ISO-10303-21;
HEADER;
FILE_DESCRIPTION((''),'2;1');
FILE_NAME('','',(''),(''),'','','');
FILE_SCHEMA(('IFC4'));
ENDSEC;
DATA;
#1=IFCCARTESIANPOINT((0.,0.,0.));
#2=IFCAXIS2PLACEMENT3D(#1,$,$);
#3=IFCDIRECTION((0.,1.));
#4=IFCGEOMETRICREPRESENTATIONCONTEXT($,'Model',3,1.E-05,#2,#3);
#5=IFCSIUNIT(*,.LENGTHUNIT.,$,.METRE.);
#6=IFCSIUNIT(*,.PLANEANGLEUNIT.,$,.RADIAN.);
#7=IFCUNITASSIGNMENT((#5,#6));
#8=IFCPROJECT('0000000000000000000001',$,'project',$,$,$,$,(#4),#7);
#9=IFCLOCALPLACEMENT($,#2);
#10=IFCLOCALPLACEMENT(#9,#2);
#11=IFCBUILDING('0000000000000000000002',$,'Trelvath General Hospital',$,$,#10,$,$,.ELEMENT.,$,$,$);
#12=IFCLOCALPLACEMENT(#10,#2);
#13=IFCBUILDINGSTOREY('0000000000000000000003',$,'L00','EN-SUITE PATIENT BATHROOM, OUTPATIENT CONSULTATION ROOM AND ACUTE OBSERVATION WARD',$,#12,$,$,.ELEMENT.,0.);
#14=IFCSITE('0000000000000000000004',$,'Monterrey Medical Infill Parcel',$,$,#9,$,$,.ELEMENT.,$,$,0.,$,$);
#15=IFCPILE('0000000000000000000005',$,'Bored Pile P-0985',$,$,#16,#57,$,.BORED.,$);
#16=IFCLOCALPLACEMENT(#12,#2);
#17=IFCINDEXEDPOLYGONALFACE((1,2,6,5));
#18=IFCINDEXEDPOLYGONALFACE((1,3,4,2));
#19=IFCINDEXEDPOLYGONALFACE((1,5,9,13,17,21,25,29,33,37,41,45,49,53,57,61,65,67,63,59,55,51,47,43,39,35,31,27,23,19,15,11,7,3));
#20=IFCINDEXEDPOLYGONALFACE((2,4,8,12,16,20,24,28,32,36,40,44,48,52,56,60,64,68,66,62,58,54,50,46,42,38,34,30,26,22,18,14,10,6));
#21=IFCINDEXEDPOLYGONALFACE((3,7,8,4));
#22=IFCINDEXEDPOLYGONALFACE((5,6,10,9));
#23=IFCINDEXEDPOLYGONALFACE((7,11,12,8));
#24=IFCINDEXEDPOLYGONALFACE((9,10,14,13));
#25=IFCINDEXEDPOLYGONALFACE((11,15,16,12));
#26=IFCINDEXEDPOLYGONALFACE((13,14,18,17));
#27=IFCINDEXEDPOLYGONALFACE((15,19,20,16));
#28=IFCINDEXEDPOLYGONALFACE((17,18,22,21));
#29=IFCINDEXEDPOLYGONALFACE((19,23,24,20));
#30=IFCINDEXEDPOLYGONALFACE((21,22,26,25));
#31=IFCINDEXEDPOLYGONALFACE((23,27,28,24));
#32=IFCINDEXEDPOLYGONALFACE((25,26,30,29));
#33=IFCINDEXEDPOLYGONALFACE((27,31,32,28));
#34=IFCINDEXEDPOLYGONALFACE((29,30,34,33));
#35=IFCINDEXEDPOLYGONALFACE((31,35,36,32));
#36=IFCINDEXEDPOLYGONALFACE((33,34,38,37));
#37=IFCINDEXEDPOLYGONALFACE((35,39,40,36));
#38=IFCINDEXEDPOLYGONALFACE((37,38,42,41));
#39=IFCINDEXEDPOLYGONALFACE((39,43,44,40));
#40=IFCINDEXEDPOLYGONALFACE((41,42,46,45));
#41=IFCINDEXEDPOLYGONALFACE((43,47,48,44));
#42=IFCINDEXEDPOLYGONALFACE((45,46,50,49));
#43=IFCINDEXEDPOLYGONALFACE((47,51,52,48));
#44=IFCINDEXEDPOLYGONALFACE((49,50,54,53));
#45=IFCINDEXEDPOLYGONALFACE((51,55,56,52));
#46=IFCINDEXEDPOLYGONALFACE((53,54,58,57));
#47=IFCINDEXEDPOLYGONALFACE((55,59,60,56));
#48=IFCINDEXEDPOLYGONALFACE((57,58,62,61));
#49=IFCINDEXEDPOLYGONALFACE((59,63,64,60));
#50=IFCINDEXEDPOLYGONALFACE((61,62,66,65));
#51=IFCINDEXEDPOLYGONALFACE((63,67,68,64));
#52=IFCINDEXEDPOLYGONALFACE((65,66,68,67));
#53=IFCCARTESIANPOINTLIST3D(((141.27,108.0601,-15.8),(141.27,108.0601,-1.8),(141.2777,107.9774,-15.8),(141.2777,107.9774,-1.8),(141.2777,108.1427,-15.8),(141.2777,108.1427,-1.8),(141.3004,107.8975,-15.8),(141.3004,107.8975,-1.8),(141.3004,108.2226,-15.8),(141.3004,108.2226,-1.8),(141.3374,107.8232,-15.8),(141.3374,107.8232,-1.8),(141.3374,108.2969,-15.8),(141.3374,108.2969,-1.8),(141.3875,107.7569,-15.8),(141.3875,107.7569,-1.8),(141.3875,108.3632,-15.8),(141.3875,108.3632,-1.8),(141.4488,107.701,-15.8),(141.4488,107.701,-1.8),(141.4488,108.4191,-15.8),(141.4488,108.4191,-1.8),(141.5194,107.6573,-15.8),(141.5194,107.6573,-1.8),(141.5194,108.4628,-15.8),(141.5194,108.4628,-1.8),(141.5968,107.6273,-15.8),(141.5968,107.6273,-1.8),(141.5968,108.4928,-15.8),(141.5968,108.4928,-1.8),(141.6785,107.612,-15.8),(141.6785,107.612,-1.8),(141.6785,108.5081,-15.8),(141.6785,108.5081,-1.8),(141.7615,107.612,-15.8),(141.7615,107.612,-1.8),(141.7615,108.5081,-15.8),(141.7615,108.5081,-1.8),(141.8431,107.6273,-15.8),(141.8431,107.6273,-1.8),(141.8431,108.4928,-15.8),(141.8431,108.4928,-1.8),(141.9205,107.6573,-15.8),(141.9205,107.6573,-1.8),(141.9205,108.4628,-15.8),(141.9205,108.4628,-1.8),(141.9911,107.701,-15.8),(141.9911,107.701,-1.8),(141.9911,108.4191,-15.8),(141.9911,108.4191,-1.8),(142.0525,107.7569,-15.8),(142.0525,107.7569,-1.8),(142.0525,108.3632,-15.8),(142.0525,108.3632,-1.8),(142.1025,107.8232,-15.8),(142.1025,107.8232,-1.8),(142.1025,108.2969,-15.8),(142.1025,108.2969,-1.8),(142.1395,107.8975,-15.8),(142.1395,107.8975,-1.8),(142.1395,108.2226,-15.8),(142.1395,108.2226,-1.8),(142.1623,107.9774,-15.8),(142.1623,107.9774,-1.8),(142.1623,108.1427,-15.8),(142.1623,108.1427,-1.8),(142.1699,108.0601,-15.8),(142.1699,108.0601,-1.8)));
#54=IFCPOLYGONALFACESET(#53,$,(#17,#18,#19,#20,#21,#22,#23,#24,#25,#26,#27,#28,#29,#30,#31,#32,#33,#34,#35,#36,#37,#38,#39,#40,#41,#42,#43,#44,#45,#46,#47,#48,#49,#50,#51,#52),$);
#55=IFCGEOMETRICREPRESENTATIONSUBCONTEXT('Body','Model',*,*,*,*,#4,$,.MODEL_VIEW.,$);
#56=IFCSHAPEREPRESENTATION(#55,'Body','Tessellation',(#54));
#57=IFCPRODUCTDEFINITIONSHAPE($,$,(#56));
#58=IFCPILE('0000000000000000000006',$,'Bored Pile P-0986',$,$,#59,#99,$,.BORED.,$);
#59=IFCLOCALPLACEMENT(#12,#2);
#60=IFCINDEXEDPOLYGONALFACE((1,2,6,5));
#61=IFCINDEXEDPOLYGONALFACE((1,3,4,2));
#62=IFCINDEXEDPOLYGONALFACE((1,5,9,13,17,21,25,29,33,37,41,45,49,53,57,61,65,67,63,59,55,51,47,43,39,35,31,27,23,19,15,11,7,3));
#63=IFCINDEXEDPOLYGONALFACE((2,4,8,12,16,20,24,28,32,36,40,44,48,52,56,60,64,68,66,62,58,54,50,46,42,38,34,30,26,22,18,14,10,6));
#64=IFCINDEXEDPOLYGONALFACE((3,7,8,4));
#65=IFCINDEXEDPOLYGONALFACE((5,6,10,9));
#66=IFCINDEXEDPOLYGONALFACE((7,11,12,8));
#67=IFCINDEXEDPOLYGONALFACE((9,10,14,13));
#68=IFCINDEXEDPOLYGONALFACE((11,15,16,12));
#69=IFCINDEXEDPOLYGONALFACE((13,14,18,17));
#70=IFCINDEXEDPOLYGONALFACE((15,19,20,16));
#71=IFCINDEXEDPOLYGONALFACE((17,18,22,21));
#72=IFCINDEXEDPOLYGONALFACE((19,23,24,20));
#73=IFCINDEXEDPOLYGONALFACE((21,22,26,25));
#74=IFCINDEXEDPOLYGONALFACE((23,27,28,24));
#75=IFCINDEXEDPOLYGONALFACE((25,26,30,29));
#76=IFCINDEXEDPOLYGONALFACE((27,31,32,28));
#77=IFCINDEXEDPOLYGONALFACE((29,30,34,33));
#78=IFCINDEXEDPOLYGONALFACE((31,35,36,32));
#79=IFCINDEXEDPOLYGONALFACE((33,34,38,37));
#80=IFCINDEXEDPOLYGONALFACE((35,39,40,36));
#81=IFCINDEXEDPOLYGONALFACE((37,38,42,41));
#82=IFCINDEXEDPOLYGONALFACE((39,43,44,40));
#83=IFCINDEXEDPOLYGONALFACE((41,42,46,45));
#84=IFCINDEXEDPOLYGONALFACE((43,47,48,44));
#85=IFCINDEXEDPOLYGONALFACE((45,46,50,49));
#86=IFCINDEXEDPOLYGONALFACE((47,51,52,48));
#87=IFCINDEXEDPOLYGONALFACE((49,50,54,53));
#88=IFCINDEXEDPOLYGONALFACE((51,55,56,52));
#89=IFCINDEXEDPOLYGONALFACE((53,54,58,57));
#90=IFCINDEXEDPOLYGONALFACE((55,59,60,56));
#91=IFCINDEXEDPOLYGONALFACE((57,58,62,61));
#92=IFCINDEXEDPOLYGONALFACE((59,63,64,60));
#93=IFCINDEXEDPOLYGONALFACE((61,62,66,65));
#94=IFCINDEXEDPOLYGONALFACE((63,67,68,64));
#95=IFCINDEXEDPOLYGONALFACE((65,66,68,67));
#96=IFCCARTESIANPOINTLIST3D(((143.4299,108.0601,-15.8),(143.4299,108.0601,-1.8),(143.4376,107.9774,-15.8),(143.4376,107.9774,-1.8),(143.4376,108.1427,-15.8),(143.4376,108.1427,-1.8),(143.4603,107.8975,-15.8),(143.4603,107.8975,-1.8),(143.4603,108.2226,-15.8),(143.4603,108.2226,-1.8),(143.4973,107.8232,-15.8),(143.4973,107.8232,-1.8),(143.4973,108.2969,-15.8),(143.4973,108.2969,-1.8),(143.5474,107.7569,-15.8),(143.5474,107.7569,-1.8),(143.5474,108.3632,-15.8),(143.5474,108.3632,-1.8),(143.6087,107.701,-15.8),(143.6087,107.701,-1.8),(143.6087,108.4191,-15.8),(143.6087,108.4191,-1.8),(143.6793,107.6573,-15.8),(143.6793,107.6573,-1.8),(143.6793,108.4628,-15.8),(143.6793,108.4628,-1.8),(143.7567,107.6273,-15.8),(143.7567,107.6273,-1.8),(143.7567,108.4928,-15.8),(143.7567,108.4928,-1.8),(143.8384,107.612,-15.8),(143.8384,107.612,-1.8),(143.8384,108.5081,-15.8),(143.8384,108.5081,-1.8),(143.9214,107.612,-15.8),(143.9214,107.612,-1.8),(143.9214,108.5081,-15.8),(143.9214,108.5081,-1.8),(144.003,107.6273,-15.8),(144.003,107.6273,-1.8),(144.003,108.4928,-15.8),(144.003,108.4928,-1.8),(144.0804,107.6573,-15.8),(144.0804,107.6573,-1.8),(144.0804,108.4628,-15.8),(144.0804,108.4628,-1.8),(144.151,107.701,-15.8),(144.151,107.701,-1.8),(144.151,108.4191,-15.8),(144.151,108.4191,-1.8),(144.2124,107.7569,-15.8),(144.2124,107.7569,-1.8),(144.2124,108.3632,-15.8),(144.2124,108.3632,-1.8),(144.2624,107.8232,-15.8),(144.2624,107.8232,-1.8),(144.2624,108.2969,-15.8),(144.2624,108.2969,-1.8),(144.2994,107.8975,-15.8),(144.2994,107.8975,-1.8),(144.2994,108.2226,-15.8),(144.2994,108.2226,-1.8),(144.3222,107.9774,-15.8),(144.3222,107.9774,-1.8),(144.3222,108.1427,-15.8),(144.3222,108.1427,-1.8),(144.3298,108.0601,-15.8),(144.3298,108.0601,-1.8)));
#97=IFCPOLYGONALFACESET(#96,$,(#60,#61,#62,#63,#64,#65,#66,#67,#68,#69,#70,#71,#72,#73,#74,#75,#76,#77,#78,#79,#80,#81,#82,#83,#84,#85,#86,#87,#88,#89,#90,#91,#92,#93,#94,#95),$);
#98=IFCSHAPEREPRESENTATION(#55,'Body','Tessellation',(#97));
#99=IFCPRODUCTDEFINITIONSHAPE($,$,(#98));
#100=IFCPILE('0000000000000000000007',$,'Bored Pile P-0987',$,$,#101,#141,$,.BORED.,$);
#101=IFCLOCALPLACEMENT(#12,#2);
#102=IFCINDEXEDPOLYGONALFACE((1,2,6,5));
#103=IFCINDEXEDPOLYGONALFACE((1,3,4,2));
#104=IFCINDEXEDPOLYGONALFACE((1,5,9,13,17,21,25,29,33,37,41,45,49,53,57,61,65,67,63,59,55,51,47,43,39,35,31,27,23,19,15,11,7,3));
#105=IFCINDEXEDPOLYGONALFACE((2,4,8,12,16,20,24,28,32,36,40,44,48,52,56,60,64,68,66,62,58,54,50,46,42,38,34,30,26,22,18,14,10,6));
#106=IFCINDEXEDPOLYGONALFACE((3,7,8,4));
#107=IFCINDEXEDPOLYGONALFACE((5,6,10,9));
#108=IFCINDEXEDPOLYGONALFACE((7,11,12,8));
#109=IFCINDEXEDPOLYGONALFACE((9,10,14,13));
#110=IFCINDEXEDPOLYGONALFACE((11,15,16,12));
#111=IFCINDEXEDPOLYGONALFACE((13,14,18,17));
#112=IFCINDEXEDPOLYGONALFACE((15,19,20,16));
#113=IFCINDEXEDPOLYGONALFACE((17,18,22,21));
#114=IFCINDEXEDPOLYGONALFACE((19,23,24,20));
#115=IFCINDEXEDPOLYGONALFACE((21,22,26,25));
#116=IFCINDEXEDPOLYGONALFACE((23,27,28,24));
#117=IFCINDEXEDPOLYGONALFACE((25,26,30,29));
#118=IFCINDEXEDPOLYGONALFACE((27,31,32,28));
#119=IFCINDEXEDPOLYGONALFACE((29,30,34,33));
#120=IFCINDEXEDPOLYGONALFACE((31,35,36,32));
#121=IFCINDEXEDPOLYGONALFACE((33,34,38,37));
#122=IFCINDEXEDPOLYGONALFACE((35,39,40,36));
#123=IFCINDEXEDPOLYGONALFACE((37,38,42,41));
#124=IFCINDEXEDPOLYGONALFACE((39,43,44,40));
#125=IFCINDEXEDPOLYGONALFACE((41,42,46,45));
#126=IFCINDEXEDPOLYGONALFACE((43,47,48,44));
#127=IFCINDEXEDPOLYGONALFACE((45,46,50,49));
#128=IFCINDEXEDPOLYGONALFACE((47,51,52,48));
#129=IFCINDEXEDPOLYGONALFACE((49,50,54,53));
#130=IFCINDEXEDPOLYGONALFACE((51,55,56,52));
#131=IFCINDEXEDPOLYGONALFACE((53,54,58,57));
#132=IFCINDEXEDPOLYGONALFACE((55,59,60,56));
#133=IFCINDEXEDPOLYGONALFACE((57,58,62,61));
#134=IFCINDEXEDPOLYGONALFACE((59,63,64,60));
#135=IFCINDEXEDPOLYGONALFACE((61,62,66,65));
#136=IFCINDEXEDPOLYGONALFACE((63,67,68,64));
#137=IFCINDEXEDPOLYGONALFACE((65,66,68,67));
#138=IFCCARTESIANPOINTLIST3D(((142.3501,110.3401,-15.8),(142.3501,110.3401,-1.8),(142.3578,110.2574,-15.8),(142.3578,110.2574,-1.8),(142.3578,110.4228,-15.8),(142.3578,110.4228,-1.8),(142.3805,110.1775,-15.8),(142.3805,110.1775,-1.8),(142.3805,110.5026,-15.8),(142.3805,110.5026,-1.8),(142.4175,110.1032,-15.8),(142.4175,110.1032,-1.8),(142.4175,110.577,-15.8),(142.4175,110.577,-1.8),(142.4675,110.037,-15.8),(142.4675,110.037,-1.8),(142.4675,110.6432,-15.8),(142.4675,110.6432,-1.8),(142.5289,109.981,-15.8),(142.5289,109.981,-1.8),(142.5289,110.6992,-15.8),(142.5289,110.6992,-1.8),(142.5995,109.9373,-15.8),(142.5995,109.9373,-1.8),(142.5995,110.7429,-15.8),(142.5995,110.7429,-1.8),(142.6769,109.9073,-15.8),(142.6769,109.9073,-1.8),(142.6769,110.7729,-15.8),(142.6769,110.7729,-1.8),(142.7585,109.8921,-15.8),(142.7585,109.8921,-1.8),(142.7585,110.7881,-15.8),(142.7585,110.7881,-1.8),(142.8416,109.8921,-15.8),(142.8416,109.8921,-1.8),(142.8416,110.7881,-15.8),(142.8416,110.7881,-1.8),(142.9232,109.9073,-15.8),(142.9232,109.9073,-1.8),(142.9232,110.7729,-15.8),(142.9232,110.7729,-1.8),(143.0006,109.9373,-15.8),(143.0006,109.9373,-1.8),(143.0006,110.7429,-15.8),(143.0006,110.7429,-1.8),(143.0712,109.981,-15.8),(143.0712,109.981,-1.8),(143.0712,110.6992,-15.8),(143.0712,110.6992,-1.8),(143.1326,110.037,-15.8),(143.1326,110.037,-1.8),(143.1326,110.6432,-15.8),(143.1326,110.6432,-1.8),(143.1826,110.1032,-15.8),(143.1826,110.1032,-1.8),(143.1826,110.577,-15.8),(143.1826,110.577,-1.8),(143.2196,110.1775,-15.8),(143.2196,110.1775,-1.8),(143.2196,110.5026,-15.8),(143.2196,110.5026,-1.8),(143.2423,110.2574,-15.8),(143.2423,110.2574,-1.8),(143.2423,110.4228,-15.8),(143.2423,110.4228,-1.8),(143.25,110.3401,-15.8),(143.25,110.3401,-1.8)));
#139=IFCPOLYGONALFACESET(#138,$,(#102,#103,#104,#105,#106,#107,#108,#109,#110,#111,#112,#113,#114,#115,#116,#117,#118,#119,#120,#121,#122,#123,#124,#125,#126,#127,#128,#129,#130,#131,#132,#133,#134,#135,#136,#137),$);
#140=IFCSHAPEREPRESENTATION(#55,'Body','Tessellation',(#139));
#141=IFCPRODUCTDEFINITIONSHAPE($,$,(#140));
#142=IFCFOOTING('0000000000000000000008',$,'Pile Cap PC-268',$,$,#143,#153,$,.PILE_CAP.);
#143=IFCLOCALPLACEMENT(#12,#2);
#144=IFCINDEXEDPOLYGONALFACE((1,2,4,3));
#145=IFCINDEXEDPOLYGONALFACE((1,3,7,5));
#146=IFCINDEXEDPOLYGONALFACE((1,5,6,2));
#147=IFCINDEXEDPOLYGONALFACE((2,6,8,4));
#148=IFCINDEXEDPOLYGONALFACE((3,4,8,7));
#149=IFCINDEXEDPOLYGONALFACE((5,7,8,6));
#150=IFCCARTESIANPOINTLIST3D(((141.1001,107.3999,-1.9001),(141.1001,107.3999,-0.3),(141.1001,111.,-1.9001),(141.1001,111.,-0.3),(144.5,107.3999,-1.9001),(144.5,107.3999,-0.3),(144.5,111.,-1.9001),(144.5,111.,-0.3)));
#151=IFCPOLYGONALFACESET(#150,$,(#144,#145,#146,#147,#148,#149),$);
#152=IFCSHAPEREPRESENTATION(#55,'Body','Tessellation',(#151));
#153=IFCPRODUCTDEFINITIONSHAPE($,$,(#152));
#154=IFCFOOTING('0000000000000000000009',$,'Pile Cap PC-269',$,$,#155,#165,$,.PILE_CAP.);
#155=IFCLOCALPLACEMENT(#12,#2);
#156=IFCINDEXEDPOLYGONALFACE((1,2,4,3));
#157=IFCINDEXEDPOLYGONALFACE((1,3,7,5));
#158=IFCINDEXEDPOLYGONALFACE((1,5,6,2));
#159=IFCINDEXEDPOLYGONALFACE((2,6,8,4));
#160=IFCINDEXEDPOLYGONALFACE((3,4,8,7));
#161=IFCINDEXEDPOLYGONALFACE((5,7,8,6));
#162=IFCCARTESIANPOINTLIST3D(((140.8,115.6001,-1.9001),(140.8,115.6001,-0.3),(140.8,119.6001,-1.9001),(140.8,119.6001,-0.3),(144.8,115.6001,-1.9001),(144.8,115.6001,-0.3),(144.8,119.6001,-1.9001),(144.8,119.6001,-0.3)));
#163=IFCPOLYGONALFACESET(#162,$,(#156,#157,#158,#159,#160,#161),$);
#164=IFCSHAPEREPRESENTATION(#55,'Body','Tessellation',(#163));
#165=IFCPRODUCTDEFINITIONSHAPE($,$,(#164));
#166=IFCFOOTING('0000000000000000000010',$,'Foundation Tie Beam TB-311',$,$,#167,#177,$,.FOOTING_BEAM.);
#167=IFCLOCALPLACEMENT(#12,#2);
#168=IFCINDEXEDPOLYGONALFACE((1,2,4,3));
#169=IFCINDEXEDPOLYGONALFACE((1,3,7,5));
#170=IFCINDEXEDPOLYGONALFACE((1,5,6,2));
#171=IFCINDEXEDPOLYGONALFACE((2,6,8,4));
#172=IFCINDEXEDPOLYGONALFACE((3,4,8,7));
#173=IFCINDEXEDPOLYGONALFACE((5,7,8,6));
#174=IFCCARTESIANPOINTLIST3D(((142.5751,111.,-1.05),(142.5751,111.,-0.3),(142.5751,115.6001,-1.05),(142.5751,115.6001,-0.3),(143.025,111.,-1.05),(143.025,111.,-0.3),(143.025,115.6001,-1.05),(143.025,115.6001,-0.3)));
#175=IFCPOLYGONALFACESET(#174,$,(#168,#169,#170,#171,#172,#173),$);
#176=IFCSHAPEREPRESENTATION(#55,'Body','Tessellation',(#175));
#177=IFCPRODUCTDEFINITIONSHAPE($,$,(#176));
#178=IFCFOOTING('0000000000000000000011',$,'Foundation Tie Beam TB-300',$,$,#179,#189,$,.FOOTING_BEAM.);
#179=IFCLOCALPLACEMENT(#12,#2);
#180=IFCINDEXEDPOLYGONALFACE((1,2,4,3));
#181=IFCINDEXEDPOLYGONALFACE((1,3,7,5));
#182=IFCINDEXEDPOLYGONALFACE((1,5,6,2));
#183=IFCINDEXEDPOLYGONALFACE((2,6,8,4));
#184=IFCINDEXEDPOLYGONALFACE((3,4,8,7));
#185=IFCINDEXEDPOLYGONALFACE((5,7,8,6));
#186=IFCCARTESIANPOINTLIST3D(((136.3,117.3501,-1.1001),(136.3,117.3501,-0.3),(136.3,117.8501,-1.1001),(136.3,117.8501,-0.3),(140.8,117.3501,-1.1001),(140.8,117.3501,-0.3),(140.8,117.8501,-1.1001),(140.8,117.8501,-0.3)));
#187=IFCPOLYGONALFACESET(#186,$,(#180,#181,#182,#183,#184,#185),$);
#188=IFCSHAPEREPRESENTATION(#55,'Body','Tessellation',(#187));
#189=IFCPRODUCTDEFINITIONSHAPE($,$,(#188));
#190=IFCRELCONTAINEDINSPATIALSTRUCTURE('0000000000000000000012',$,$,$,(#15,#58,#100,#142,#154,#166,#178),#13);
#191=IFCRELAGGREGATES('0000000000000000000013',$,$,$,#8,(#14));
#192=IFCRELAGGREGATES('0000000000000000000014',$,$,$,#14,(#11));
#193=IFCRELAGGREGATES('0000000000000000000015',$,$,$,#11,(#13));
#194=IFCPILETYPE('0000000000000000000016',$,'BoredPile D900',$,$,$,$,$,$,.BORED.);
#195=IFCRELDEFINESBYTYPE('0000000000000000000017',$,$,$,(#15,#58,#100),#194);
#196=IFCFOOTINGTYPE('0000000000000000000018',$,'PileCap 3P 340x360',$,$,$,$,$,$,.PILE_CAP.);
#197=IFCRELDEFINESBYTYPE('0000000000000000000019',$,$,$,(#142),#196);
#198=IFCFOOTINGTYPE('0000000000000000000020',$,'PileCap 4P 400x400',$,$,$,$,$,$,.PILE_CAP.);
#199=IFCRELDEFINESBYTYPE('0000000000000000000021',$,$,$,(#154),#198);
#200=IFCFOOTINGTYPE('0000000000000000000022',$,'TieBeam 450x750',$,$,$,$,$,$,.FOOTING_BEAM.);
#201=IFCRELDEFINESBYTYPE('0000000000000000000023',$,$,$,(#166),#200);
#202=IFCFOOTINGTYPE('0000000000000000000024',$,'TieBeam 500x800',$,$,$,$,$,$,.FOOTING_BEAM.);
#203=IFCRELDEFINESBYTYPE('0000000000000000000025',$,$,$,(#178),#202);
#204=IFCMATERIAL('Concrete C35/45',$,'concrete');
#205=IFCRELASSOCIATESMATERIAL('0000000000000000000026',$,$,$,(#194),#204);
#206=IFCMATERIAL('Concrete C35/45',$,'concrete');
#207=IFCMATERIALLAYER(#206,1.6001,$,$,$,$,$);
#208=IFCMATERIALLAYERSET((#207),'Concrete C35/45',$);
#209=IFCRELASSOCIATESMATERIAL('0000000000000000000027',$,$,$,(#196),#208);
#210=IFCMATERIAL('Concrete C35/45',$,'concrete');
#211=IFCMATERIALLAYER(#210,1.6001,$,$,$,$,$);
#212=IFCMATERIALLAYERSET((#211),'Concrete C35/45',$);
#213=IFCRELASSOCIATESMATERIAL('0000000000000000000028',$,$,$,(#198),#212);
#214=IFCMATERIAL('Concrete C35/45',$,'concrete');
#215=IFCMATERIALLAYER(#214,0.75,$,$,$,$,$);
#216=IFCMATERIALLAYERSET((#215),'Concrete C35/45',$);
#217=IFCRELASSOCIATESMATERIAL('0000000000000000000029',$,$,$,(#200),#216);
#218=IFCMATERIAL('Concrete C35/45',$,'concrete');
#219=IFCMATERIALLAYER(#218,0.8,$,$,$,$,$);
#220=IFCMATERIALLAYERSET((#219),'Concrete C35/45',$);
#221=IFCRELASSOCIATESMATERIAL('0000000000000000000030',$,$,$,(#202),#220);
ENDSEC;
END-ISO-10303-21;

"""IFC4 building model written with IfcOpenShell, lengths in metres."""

from ifc_helpers import new_model, si_unit, direction, frame, origin, origin_2d, place, context, subcontext, project, spatial, rectangle, circle, extrude, material, layer, layer_set, material_profile, profile_set, type_object, element, save


model = new_model("IFC4")

# Units and contexts
model_context = context("Model", 3, precision=1e-05, world=origin(), true_north=direction((0.0, 1.0)))
body_context = subcontext(model_context, "Body", "Model", "MODEL_VIEW")
ifc_project = project(units=[si_unit("LENGTHUNIT", "METRE"), si_unit("PLANEANGLEUNIT", "RADIAN")], contexts=[model_context])

# Site, building, storey
site_placement = place(None, origin())
site = spatial("IfcSite", under=ifc_project, at=site_placement, Name="Monterrey Medical Infill Parcel", CompositionType="ELEMENT", RefElevation=0.0)
building_placement = place(site_placement, origin())
building = spatial("IfcBuilding", under=site, at=building_placement, Name="Trelvath General Hospital", CompositionType="ELEMENT")
storey_placement = place(building_placement, origin())
storey = spatial("IfcBuildingStorey", under=building, at=storey_placement, Name="L00", Description="EN-SUITE PATIENT BATHROOM, OUTPATIENT CONSULTATION ROOM AND ACUTE OBSERVATION WARD", CompositionType="ELEMENT", Elevation=0.0)

# Piles
ifc_material_1 = material(Name="Concrete C35/45", Category="concrete")
ifc_material_profile_1 = material_profile(ifc_material_1, circle(Radius=0.45, at=origin_2d()), Name="PILE900")
ifc_profile_set_1 = profile_set([ifc_material_profile_1], Name="Concrete C35/45")
pile_type_1 = type_object("IfcPileType", Name="BoredPile D900", PredefinedType="BORED", material=ifc_profile_set_1)
for number, where, z_axis, x_axis, name in (
    (1, (141.72, 108.0601, -1.8), (0.0, 0.0, -1.0), (1.0, 0.0, 0.0), "Bored Pile P-0985"),
    (2, (143.8799, 108.0601, -1.8), (0.0, 0.0, -1.0), (1.0, 0.0, 0.0), "Bored Pile P-0986"),
    (3, (142.8, 110.3401, -1.8), (0.0, 0.0, -1.0), (1.0, 0.0, 0.0), "Bored Pile P-0987"),
):
    element("IfcPile", number, at=place(storey_placement, frame(where, z_axis=z_axis, x_axis=x_axis)), inside=storey, type_object=pile_type_1, Name=name, PredefinedType="BORED", context=body_context, shape_type="SweptSolid", body=[
        extrude(circle(Radius=0.45, at=origin_2d()), origin(), (0.0, 0.0, 1.0), 14.0),
    ])

# Footings
ifc_material_2 = material(Name="Concrete C35/45", Category="concrete")
ifc_layer_1 = layer(ifc_material_2, 1.6001)
ifc_layer_set_1 = layer_set([ifc_layer_1], Name="Concrete C35/45")
footing_type_1 = type_object("IfcFootingType", Name="PileCap 3P 340x360", PredefinedType="PILE_CAP", material=ifc_layer_set_1)
footing_1_placement = place(storey_placement, frame((142.8, 109.2, -1.9001), z_axis=(0.0, 0.0, 1.0), x_axis=(1.0, 0.0, 0.0)))
element("IfcFooting", 4, at=footing_1_placement, inside=storey, type_object=footing_type_1, Name="Pile Cap PC-268", PredefinedType="PILE_CAP", context=body_context, shape_type="SweptSolid", body=[
    extrude(rectangle(XDim=3.3999, YDim=3.6001, at=origin_2d()), origin(), (0.0, 0.0, 1.0), 1.6001),
])
ifc_material_3 = material(Name="Concrete C35/45", Category="concrete")
ifc_layer_2 = layer(ifc_material_3, 1.6001)
ifc_layer_set_2 = layer_set([ifc_layer_2], Name="Concrete C35/45")
footing_type_2 = type_object("IfcFootingType", Name="PileCap 4P 400x400", PredefinedType="PILE_CAP", material=ifc_layer_set_2)
footing_2_placement = place(storey_placement, frame((142.8, 117.6001, -1.9001), z_axis=(0.0, 0.0, 1.0), x_axis=(1.0, 0.0, 0.0)))
element("IfcFooting", 5, at=footing_2_placement, inside=storey, type_object=footing_type_2, Name="Pile Cap PC-269", PredefinedType="PILE_CAP", context=body_context, shape_type="SweptSolid", body=[
    extrude(rectangle(XDim=4.0, YDim=4.0, at=origin_2d()), origin(), (0.0, 0.0, 1.0), 1.6001),
])
ifc_material_4 = material(Name="Concrete C35/45", Category="concrete")
ifc_layer_3 = layer(ifc_material_4, 0.75)
ifc_layer_set_3 = layer_set([ifc_layer_3], Name="Concrete C35/45")
footing_type_3 = type_object("IfcFootingType", Name="TieBeam 450x750", PredefinedType="FOOTING_BEAM", material=ifc_layer_set_3)
footing_3_placement = place(storey_placement, frame((142.8, 113.3, -1.05), z_axis=(0.0, 0.0, 1.0), x_axis=(1.0, 0.0, 0.0)))
element("IfcFooting", 6, at=footing_3_placement, inside=storey, type_object=footing_type_3, Name="Foundation Tie Beam TB-311", PredefinedType="FOOTING_BEAM", context=body_context, shape_type="SweptSolid", body=[
    extrude(rectangle(XDim=0.45, YDim=4.6001, at=origin_2d()), origin(), (0.0, 0.0, 1.0), 0.75),
])
ifc_material_5 = material(Name="Concrete C35/45", Category="concrete")
ifc_layer_4 = layer(ifc_material_5, 0.8)
ifc_layer_set_4 = layer_set([ifc_layer_4], Name="Concrete C35/45")
footing_type_4 = type_object("IfcFootingType", Name="TieBeam 500x800", PredefinedType="FOOTING_BEAM", material=ifc_layer_set_4)
footing_4_placement = place(storey_placement, frame((138.55, 117.6001, -1.1001), z_axis=(0.0, 0.0, 1.0), x_axis=(1.0, 0.0, 0.0)))
element("IfcFooting", 7, at=footing_4_placement, inside=storey, type_object=footing_type_4, Name="Foundation Tie Beam TB-300", PredefinedType="FOOTING_BEAM", context=body_context, shape_type="SweptSolid", body=[
    extrude(rectangle(XDim=4.5, YDim=0.5, at=origin_2d()), origin(), (0.0, 0.0, 1.0), 0.8),
])

save(model, "model.ifc")
